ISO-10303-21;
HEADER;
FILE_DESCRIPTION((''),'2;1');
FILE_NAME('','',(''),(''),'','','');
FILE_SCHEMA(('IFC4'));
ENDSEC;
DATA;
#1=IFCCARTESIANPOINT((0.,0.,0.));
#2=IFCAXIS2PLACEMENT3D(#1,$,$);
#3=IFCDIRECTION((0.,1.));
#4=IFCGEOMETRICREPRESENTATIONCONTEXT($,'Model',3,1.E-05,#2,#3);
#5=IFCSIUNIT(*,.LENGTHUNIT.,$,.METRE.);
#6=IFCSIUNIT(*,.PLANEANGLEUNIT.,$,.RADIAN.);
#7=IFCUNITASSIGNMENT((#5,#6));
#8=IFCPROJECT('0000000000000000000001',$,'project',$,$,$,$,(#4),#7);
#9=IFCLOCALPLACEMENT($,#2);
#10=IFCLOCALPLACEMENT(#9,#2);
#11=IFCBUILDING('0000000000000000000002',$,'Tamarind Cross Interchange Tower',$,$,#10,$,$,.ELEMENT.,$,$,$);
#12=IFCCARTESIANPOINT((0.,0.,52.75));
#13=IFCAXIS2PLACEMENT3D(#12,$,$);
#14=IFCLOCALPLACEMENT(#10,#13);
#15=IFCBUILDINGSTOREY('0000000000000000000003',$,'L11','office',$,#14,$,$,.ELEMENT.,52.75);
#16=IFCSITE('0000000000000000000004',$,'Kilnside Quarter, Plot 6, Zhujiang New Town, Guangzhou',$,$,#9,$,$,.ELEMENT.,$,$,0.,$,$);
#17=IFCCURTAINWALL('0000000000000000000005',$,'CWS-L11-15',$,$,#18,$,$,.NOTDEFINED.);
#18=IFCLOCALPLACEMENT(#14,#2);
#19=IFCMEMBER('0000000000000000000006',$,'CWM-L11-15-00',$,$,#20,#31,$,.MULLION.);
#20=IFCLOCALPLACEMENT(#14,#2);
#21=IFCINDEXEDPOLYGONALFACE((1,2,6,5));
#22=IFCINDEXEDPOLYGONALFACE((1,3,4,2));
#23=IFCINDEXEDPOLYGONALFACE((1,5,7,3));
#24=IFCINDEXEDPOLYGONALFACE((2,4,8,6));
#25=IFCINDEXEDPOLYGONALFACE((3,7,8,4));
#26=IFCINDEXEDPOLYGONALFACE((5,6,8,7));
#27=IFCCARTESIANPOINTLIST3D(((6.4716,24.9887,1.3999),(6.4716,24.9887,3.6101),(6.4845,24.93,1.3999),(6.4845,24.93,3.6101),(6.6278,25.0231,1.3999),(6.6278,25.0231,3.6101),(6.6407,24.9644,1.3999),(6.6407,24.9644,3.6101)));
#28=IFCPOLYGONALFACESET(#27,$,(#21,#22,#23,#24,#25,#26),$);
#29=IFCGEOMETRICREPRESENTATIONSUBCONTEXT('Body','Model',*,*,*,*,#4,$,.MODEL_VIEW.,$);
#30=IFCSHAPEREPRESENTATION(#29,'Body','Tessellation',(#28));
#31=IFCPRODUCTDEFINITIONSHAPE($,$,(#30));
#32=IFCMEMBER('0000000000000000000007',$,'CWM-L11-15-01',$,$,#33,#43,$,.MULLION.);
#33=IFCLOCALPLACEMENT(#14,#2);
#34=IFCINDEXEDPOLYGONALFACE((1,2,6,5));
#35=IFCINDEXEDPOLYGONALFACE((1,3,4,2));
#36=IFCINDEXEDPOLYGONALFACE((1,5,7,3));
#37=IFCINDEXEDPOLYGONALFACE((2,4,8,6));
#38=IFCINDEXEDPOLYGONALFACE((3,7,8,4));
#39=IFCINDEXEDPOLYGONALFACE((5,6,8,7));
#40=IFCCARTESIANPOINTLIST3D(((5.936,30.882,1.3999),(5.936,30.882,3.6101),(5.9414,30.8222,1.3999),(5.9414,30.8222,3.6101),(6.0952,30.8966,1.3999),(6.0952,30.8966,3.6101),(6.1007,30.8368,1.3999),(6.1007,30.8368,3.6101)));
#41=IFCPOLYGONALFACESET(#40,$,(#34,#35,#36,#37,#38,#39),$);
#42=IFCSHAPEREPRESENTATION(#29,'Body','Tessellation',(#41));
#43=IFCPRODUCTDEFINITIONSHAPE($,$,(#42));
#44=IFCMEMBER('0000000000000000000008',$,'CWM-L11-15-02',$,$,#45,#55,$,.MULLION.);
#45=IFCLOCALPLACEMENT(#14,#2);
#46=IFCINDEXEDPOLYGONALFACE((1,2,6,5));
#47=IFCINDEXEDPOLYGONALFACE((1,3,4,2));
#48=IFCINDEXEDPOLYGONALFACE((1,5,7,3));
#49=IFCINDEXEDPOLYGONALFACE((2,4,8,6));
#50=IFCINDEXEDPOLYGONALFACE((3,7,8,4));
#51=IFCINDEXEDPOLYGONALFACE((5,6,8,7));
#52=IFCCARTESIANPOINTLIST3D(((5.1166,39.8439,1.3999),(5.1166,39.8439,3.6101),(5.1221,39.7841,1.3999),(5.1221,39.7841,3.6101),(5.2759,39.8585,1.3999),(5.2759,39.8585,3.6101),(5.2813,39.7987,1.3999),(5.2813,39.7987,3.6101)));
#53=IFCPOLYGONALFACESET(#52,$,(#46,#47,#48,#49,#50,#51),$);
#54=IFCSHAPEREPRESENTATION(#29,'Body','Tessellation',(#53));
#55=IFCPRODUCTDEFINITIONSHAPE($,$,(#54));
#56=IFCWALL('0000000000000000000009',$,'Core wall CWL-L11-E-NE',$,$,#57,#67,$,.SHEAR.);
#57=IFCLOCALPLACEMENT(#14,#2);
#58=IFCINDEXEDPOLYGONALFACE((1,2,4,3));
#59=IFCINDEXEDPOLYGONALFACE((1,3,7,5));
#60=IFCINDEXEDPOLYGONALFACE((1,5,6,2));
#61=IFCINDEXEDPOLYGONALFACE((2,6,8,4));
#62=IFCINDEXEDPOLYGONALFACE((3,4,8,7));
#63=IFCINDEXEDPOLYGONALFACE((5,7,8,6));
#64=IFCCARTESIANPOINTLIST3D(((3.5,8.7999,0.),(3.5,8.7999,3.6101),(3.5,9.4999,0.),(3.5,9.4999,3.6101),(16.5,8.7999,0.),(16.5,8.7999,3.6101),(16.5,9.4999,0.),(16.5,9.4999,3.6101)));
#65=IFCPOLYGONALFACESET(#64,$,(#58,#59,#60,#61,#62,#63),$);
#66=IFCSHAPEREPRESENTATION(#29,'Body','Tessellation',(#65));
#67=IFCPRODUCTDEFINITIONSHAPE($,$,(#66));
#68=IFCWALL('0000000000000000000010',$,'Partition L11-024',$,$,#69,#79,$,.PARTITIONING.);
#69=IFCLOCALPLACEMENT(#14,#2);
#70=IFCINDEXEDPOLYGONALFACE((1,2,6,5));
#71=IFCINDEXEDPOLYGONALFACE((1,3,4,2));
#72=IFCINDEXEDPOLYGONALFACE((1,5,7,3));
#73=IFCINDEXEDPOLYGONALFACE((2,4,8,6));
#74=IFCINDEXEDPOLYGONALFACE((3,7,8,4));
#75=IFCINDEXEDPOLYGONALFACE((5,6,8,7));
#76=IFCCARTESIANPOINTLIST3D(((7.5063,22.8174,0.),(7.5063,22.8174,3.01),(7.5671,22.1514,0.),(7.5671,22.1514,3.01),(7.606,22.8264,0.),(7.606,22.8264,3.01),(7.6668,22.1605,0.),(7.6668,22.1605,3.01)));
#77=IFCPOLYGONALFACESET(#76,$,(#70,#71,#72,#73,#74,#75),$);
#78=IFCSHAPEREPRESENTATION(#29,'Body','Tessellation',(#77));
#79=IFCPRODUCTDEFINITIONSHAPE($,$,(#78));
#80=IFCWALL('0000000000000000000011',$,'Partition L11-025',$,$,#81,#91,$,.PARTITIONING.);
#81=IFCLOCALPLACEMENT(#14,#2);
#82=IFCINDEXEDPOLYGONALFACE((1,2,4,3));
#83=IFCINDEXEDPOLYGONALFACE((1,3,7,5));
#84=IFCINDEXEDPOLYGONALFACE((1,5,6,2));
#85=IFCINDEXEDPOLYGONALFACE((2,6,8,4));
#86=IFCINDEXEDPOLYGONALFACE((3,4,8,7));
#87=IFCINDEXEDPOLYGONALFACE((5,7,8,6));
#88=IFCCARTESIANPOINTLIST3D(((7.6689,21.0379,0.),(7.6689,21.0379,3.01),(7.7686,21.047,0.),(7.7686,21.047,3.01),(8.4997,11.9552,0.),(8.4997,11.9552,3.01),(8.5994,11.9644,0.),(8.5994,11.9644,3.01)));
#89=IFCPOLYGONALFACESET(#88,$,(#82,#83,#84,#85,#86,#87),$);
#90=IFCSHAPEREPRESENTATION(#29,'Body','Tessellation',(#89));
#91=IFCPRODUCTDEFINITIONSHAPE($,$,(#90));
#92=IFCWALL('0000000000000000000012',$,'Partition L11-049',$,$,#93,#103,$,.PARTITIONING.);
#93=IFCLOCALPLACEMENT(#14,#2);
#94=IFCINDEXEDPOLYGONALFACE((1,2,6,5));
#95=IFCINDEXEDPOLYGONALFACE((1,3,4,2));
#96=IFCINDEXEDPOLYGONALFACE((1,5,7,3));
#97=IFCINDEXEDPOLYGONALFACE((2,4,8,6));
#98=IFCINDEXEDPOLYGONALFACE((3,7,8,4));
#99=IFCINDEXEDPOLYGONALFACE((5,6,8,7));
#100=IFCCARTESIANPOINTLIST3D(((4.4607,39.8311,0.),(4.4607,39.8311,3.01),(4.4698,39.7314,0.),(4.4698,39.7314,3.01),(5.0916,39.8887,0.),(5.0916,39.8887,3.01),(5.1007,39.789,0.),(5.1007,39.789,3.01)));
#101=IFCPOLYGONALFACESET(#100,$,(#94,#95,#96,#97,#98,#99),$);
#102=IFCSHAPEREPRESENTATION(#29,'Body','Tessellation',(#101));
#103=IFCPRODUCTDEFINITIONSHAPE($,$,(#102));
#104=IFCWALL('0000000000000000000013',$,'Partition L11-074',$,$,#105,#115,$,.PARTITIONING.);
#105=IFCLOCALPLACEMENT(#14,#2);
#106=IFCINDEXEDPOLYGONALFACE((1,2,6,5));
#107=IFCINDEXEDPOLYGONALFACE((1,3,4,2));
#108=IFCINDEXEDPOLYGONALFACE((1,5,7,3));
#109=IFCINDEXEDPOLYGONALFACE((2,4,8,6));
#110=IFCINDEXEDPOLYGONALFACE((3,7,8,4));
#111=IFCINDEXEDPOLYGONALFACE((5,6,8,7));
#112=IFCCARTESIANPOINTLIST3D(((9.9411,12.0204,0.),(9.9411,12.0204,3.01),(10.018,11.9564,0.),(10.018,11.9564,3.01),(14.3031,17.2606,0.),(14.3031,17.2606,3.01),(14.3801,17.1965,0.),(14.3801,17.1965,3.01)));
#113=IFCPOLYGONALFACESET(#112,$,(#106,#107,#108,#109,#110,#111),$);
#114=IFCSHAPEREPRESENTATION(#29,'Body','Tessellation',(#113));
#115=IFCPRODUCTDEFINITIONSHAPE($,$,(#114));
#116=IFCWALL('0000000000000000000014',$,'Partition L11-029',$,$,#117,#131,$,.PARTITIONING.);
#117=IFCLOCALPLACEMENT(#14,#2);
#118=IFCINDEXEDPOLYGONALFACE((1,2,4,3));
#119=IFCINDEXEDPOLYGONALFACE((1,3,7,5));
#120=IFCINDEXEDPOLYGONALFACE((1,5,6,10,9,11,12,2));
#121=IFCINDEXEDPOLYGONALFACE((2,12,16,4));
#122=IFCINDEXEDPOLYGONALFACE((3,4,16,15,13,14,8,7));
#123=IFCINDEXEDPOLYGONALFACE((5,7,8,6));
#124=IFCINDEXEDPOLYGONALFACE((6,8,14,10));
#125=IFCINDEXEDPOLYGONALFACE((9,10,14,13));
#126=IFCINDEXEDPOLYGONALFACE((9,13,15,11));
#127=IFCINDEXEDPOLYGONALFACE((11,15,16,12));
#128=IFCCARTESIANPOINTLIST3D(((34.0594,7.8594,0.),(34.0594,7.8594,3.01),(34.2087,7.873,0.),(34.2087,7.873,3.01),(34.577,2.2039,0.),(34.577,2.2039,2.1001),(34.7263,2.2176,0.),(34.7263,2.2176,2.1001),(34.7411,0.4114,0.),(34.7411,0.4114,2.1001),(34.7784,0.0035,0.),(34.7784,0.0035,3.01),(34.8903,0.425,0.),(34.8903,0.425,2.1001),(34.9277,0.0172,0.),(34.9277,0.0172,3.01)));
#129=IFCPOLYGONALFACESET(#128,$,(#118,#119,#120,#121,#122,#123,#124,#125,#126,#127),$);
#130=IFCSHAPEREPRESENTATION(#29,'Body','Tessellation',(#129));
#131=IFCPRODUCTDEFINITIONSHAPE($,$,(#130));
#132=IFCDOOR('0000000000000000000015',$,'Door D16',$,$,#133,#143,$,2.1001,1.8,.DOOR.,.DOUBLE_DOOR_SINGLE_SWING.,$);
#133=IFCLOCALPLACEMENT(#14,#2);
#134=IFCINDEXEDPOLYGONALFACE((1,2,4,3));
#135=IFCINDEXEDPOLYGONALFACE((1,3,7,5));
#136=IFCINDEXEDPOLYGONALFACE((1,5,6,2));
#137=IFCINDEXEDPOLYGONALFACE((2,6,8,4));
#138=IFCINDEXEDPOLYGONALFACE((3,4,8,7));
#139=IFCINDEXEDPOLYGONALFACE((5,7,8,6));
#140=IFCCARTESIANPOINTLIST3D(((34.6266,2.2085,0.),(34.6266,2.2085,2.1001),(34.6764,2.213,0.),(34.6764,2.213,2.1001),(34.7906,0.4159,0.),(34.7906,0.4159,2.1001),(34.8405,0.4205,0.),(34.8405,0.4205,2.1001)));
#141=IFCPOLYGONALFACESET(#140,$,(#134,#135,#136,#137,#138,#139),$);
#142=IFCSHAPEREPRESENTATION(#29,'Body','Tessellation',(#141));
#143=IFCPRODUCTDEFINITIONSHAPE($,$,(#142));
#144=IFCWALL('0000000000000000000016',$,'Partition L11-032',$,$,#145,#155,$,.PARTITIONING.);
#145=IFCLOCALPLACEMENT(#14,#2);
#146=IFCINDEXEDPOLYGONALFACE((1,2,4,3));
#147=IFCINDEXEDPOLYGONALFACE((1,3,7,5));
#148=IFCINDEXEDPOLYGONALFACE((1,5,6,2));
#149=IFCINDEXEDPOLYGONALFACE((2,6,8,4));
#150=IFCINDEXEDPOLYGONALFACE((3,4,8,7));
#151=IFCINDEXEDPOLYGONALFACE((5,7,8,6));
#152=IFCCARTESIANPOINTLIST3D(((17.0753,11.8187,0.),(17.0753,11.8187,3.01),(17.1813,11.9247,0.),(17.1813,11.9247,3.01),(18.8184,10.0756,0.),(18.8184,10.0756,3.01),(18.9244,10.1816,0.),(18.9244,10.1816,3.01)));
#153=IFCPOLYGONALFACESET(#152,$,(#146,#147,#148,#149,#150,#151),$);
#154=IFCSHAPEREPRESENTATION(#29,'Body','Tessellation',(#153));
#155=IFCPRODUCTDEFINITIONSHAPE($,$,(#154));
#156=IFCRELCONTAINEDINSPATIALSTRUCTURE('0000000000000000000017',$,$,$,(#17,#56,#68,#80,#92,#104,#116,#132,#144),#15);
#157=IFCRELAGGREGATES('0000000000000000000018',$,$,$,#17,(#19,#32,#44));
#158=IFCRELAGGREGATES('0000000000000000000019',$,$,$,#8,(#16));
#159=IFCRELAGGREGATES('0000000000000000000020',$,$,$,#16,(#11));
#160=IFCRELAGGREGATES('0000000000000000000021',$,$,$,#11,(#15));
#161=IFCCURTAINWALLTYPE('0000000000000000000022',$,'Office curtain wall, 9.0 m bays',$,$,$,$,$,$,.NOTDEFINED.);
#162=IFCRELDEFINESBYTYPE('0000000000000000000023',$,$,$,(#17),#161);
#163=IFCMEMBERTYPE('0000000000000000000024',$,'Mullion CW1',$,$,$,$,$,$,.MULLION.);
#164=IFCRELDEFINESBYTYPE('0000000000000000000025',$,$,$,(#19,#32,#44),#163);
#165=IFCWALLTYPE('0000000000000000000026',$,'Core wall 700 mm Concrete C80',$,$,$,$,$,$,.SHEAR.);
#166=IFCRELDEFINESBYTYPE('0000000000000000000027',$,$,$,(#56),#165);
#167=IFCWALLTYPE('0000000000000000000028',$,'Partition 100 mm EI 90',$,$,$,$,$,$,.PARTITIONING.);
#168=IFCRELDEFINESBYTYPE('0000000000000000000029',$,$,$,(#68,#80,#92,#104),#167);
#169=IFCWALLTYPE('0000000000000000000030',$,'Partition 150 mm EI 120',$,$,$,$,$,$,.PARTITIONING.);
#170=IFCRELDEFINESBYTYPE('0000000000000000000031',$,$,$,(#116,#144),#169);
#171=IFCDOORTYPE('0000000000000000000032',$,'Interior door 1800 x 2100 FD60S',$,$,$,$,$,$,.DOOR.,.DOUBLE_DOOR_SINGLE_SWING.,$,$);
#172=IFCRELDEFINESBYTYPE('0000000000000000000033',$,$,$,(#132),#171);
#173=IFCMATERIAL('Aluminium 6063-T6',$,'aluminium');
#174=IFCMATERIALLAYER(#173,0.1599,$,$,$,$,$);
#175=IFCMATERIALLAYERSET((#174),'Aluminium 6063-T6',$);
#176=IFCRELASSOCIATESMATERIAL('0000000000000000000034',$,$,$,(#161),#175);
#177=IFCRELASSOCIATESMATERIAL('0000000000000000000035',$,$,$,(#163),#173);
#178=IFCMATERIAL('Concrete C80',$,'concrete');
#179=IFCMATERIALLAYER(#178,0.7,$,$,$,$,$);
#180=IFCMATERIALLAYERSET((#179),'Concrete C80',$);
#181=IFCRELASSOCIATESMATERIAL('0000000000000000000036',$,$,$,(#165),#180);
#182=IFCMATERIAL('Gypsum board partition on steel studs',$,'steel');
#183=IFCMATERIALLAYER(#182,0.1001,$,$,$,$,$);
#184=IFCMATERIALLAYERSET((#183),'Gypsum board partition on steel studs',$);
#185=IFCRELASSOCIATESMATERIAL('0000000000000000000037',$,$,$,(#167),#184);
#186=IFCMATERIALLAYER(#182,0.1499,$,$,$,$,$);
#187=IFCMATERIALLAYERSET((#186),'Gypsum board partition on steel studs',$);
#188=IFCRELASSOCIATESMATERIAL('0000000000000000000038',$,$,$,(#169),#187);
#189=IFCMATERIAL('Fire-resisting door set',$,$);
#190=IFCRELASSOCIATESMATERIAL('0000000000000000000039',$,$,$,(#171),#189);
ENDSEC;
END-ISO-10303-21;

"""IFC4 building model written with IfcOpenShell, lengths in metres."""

from ifc_helpers import new_model, si_unit, direction, frame, frame_2d, origin, origin_2d, place, context, subcontext, project, spatial, rectangle, extrude, material, layer, layer_set, material_profile, profile_set, type_object, element, fill, aggregate, save


model = new_model("IFC4")

# Units and contexts
model_context = context("Model", 3, precision=1e-05, world=origin(), true_north=direction((0.0, 1.0)))
body_context = subcontext(model_context, "Body", "Model", "MODEL_VIEW")
ifc_project = project(units=[si_unit("LENGTHUNIT", "METRE"), si_unit("PLANEANGLEUNIT", "RADIAN")], contexts=[model_context])

# Site, building, storey
site_placement = place(None, origin())
site = spatial("IfcSite", under=ifc_project, at=site_placement, Name="Kilnside Quarter, Plot 6, Zhujiang New Town, Guangzhou", CompositionType="ELEMENT", RefElevation=0.0)
building_placement = place(site_placement, origin())
building = spatial("IfcBuilding", under=site, at=building_placement, Name="Tamarind Cross Interchange Tower", CompositionType="ELEMENT")
storey_placement = place(building_placement, frame((0.0, 0.0, 52.75)))
storey = spatial("IfcBuildingStorey", under=building, at=storey_placement, Name="L11", Description="office", CompositionType="ELEMENT", Elevation=52.75)

# Curtain wall, members
ifc_material_1 = material(Name="Aluminium 6063-T6", Category="aluminium")
ifc_layer_1 = layer(ifc_material_1, 0.1599)
ifc_layer_set_1 = layer_set([ifc_layer_1], Name="Aluminium 6063-T6")
curtain_wall_type = type_object("IfcCurtainWallType", Name="Office curtain wall, 9.0 m bays", PredefinedType="NOTDEFINED", material=ifc_layer_set_1)
ifc_material_profile_1 = material_profile(ifc_material_1, rectangle(XDim=0.0601, YDim=0.1599, at=origin_2d()), Name="Mullion CW1")
ifc_profile_set_1 = profile_set([ifc_material_profile_1], Name="Aluminium 6063-T6")
member_type = type_object("IfcMemberType", Name="Mullion CW1", PredefinedType="MULLION", material=ifc_profile_set_1)
curtain_wall_1_placement = place(storey_placement, origin())
curtain_wall_1 = element("IfcCurtainWall", 1, at=curtain_wall_1_placement, inside=storey, type_object=curtain_wall_type, Name="CWS-L11-15", PredefinedType="NOTDEFINED")
member_1_placement = place(storey_placement, frame((6.5562, 24.9766, 1.3999), z_axis=(0.0, 0.0, 1.0), x_axis=(-0.215251, 0.976559, 0.0)))
member_1 = element("IfcMember", 2, at=member_1_placement, type_object=member_type, Name="CWM-L11-15-00", PredefinedType="MULLION", context=body_context, shape_type="SweptSolid", body=[
    extrude(rectangle(XDim=0.0601, YDim=0.1599, at=origin_2d()), origin(), (0.0, 0.0, 1.0), 2.2102),
])
member_2_placement = place(storey_placement, frame((6.0183, 30.8594, 1.3999), z_axis=(0.0, 0.0, 1.0), x_axis=(-0.09105, 0.995846, 0.0)))
member_2 = element("IfcMember", 3, at=member_2_placement, type_object=member_type, Name="CWM-L11-15-01", PredefinedType="MULLION", context=body_context, shape_type="SweptSolid", body=[
    extrude(rectangle(XDim=0.0601, YDim=0.1599, at=origin_2d()), origin(), (0.0, 0.0, 1.0), 2.2102),
])
member_3_placement = place(storey_placement, frame((5.199, 39.8213, 1.3999), z_axis=(0.0, 0.0, 1.0), x_axis=(-0.09105, 0.995846, 0.0)))
member_3 = element("IfcMember", 4, at=member_3_placement, type_object=member_type, Name="CWM-L11-15-02", PredefinedType="MULLION", context=body_context, shape_type="SweptSolid", body=[
    extrude(rectangle(XDim=0.0601, YDim=0.1599, at=origin_2d()), origin(), (0.0, 0.0, 1.0), 2.2102),
])
aggregate(curtain_wall_1, [member_1, member_2, member_3])

# Walls
ifc_material_2 = material(Name="Concrete C80", Category="concrete")
ifc_layer_2 = layer(ifc_material_2, 0.7)
ifc_layer_set_2 = layer_set([ifc_layer_2], Name="Concrete C80")
wall_type_1 = type_object("IfcWallType", Name="Core wall 700 mm Concrete C80", PredefinedType="SHEAR", material=ifc_layer_set_2)
wall_1_placement = place(storey_placement, frame((16.5, 9.1499, 0.0), z_axis=(0.0, 0.0, 1.0), x_axis=(-1.0, 0.0, 0.0)))
element("IfcWall", 5, at=wall_1_placement, inside=storey, type_object=wall_type_1, Name="Core wall CWL-L11-E-NE", PredefinedType="SHEAR", context=body_context, shape_type="SweptSolid", body=[
    extrude(rectangle(XDim=13.0, YDim=0.7, at=frame_2d((6.5, 0.0))), origin(), (0.0, 0.0, 1.0), 3.6101),
])
ifc_material_3 = material(Name="Gypsum board partition on steel studs", Category="steel")
ifc_layer_3 = layer(ifc_material_3, 0.1001)
ifc_layer_set_3 = layer_set([ifc_layer_3], Name="Gypsum board partition on steel studs")
wall_type_2 = type_object("IfcWallType", Name="Partition 100 mm EI 90", PredefinedType="PARTITIONING", material=ifc_layer_set_3)
wall_2_placement = place(storey_placement, frame((7.5562, 22.822, 0.0), z_axis=(0.0, 0.0, 1.0), x_axis=(0.090898, -0.99586, 0.0)))
element("IfcWall", 6, at=wall_2_placement, inside=storey, type_object=wall_type_2, Name="Partition L11-024", PredefinedType="PARTITIONING", context=body_context, shape_type="SweptSolid", body=[
    extrude(rectangle(XDim=0.6687, YDim=0.1001, at=frame_2d((0.3345, 0.0))), origin(), (0.0, 0.0, 1.0), 3.01),
])
wall_3_placement = place(storey_placement, frame((7.7188, 21.0425, 0.0), z_axis=(0.0, 0.0, 1.0), x_axis=(0.091091, -0.995843, 0.0)))
element("IfcWall", 7, at=wall_3_placement, inside=storey, type_object=wall_type_2, Name="Partition L11-025", PredefinedType="PARTITIONING", context=body_context, shape_type="SweptSolid", body=[
    extrude(rectangle(XDim=9.1206, YDim=0.1001, at=frame_2d((4.5603, 0.0))), origin(), (0.0, 0.0, 1.0), 3.01),
])
wall_4_placement = place(storey_placement, frame((4.4651, 39.7812, 0.0), z_axis=(0.0, 0.0, 1.0), x_axis=(0.995855, 0.090953, 0.0)))
element("IfcWall", 8, at=wall_4_placement, inside=storey, type_object=wall_type_2, Name="Partition L11-049", PredefinedType="PARTITIONING", context=body_context, shape_type="SweptSolid", body=[
    extrude(rectangle(XDim=0.6335, YDim=0.1001, at=frame_2d((0.3169, 0.0))), origin(), (0.0, 0.0, 1.0), 3.01),
])
wall_5_placement = place(storey_placement, frame((9.9795, 11.9883, 0.0), z_axis=(0.0, 0.0, 1.0), x_axis=(0.639769, 0.768567, 0.0)))
element("IfcWall", 9, at=wall_5_placement, inside=storey, type_object=wall_type_2, Name="Partition L11-074", PredefinedType="PARTITIONING", context=body_context, shape_type="SweptSolid", body=[
    extrude(rectangle(XDim=6.8181, YDim=0.1001, at=frame_2d((3.4092, 0.0))), origin(), (0.0, 0.0, 1.0), 3.01),
])

# Wall, opening, door
ifc_layer_4 = layer(ifc_material_3, 0.1499)
ifc_layer_set_4 = layer_set([ifc_layer_4], Name="Gypsum board partition on steel studs")
wall_type_3 = type_object("IfcWallType", Name="Partition 150 mm EI 120", PredefinedType="PARTITIONING", material=ifc_layer_set_4)
wall_6_placement = place(storey_placement, frame((34.134, 7.8662, 0.0), z_axis=(0.0, 0.0, 1.0), x_axis=(0.091141, -0.995838, 0.0)))
wall_6 = element("IfcWall", 10, at=wall_6_placement, inside=storey, type_object=wall_type_3, Name="Partition L11-029", PredefinedType="PARTITIONING", context=body_context, shape_type="SweptSolid", body=[
    extrude(rectangle(XDim=7.8887, YDim=0.1499, at=frame_2d((3.9443, 0.0))), origin(), (0.0, 0.0, 1.0), 3.01),
])
opening_placement = place(wall_6_placement, frame((5.6792, 0.0, 0.0)))
opening = element("IfcOpeningElement", 11, at=opening_placement, cuts=wall_6, PredefinedType="OPENING", context=body_context, shape_type="SweptSolid", body=[
    extrude(rectangle(XDim=1.8, YDim=2.1001, at=frame_2d((0.8999, 1.05))), frame((0.0, 0.085, 0.0), z_axis=(0.0, -1.0, 0.0), x_axis=(1.0, 0.0, 0.0)), (0.0, 0.0, 1.0), 0.1699),
])
ifc_material_4 = material(Name="Fire-resisting door set")
door_type = type_object("IfcDoorType", Name="Interior door 1800 x 2100 FD60S", OperationType="DOUBLE_DOOR_SINGLE_SWING", PredefinedType="DOOR", material=ifc_material_4)
door_placement = place(opening_placement, origin())
door = element("IfcDoor", 12, at=door_placement, inside=storey, type_object=door_type, Name="Door D16", OperationType="DOUBLE_DOOR_SINGLE_SWING", OverallHeight=2.1001, OverallWidth=1.8, PredefinedType="DOOR", context=body_context, shape_type="SweptSolid", body=[
    extrude(rectangle(XDim=1.8, YDim=2.1001, at=frame_2d((0.8999, 1.05))), frame((0.0, 0.0249, 0.0), z_axis=(0.0, -1.0, 0.0), x_axis=(1.0, 0.0, 0.0)), (0.0, 0.0, 1.0), 0.05),
])
fill(opening, door)

# Wall
wall_7_placement = place(storey_placement, frame((17.1284, 11.8716, 0.0), z_axis=(0.0, 0.0, 1.0), x_axis=(0.707107, -0.707107, 0.0)))
element("IfcWall", 13, at=wall_7_placement, inside=storey, type_object=wall_type_3, Name="Partition L11-032", PredefinedType="PARTITIONING", context=body_context, shape_type="SweptSolid", body=[
    extrude(rectangle(XDim=2.4651, YDim=0.1499, at=frame_2d((1.2324, 0.0))), origin(), (0.0, 0.0, 1.0), 3.01),
])

save(model, "model.ifc")
